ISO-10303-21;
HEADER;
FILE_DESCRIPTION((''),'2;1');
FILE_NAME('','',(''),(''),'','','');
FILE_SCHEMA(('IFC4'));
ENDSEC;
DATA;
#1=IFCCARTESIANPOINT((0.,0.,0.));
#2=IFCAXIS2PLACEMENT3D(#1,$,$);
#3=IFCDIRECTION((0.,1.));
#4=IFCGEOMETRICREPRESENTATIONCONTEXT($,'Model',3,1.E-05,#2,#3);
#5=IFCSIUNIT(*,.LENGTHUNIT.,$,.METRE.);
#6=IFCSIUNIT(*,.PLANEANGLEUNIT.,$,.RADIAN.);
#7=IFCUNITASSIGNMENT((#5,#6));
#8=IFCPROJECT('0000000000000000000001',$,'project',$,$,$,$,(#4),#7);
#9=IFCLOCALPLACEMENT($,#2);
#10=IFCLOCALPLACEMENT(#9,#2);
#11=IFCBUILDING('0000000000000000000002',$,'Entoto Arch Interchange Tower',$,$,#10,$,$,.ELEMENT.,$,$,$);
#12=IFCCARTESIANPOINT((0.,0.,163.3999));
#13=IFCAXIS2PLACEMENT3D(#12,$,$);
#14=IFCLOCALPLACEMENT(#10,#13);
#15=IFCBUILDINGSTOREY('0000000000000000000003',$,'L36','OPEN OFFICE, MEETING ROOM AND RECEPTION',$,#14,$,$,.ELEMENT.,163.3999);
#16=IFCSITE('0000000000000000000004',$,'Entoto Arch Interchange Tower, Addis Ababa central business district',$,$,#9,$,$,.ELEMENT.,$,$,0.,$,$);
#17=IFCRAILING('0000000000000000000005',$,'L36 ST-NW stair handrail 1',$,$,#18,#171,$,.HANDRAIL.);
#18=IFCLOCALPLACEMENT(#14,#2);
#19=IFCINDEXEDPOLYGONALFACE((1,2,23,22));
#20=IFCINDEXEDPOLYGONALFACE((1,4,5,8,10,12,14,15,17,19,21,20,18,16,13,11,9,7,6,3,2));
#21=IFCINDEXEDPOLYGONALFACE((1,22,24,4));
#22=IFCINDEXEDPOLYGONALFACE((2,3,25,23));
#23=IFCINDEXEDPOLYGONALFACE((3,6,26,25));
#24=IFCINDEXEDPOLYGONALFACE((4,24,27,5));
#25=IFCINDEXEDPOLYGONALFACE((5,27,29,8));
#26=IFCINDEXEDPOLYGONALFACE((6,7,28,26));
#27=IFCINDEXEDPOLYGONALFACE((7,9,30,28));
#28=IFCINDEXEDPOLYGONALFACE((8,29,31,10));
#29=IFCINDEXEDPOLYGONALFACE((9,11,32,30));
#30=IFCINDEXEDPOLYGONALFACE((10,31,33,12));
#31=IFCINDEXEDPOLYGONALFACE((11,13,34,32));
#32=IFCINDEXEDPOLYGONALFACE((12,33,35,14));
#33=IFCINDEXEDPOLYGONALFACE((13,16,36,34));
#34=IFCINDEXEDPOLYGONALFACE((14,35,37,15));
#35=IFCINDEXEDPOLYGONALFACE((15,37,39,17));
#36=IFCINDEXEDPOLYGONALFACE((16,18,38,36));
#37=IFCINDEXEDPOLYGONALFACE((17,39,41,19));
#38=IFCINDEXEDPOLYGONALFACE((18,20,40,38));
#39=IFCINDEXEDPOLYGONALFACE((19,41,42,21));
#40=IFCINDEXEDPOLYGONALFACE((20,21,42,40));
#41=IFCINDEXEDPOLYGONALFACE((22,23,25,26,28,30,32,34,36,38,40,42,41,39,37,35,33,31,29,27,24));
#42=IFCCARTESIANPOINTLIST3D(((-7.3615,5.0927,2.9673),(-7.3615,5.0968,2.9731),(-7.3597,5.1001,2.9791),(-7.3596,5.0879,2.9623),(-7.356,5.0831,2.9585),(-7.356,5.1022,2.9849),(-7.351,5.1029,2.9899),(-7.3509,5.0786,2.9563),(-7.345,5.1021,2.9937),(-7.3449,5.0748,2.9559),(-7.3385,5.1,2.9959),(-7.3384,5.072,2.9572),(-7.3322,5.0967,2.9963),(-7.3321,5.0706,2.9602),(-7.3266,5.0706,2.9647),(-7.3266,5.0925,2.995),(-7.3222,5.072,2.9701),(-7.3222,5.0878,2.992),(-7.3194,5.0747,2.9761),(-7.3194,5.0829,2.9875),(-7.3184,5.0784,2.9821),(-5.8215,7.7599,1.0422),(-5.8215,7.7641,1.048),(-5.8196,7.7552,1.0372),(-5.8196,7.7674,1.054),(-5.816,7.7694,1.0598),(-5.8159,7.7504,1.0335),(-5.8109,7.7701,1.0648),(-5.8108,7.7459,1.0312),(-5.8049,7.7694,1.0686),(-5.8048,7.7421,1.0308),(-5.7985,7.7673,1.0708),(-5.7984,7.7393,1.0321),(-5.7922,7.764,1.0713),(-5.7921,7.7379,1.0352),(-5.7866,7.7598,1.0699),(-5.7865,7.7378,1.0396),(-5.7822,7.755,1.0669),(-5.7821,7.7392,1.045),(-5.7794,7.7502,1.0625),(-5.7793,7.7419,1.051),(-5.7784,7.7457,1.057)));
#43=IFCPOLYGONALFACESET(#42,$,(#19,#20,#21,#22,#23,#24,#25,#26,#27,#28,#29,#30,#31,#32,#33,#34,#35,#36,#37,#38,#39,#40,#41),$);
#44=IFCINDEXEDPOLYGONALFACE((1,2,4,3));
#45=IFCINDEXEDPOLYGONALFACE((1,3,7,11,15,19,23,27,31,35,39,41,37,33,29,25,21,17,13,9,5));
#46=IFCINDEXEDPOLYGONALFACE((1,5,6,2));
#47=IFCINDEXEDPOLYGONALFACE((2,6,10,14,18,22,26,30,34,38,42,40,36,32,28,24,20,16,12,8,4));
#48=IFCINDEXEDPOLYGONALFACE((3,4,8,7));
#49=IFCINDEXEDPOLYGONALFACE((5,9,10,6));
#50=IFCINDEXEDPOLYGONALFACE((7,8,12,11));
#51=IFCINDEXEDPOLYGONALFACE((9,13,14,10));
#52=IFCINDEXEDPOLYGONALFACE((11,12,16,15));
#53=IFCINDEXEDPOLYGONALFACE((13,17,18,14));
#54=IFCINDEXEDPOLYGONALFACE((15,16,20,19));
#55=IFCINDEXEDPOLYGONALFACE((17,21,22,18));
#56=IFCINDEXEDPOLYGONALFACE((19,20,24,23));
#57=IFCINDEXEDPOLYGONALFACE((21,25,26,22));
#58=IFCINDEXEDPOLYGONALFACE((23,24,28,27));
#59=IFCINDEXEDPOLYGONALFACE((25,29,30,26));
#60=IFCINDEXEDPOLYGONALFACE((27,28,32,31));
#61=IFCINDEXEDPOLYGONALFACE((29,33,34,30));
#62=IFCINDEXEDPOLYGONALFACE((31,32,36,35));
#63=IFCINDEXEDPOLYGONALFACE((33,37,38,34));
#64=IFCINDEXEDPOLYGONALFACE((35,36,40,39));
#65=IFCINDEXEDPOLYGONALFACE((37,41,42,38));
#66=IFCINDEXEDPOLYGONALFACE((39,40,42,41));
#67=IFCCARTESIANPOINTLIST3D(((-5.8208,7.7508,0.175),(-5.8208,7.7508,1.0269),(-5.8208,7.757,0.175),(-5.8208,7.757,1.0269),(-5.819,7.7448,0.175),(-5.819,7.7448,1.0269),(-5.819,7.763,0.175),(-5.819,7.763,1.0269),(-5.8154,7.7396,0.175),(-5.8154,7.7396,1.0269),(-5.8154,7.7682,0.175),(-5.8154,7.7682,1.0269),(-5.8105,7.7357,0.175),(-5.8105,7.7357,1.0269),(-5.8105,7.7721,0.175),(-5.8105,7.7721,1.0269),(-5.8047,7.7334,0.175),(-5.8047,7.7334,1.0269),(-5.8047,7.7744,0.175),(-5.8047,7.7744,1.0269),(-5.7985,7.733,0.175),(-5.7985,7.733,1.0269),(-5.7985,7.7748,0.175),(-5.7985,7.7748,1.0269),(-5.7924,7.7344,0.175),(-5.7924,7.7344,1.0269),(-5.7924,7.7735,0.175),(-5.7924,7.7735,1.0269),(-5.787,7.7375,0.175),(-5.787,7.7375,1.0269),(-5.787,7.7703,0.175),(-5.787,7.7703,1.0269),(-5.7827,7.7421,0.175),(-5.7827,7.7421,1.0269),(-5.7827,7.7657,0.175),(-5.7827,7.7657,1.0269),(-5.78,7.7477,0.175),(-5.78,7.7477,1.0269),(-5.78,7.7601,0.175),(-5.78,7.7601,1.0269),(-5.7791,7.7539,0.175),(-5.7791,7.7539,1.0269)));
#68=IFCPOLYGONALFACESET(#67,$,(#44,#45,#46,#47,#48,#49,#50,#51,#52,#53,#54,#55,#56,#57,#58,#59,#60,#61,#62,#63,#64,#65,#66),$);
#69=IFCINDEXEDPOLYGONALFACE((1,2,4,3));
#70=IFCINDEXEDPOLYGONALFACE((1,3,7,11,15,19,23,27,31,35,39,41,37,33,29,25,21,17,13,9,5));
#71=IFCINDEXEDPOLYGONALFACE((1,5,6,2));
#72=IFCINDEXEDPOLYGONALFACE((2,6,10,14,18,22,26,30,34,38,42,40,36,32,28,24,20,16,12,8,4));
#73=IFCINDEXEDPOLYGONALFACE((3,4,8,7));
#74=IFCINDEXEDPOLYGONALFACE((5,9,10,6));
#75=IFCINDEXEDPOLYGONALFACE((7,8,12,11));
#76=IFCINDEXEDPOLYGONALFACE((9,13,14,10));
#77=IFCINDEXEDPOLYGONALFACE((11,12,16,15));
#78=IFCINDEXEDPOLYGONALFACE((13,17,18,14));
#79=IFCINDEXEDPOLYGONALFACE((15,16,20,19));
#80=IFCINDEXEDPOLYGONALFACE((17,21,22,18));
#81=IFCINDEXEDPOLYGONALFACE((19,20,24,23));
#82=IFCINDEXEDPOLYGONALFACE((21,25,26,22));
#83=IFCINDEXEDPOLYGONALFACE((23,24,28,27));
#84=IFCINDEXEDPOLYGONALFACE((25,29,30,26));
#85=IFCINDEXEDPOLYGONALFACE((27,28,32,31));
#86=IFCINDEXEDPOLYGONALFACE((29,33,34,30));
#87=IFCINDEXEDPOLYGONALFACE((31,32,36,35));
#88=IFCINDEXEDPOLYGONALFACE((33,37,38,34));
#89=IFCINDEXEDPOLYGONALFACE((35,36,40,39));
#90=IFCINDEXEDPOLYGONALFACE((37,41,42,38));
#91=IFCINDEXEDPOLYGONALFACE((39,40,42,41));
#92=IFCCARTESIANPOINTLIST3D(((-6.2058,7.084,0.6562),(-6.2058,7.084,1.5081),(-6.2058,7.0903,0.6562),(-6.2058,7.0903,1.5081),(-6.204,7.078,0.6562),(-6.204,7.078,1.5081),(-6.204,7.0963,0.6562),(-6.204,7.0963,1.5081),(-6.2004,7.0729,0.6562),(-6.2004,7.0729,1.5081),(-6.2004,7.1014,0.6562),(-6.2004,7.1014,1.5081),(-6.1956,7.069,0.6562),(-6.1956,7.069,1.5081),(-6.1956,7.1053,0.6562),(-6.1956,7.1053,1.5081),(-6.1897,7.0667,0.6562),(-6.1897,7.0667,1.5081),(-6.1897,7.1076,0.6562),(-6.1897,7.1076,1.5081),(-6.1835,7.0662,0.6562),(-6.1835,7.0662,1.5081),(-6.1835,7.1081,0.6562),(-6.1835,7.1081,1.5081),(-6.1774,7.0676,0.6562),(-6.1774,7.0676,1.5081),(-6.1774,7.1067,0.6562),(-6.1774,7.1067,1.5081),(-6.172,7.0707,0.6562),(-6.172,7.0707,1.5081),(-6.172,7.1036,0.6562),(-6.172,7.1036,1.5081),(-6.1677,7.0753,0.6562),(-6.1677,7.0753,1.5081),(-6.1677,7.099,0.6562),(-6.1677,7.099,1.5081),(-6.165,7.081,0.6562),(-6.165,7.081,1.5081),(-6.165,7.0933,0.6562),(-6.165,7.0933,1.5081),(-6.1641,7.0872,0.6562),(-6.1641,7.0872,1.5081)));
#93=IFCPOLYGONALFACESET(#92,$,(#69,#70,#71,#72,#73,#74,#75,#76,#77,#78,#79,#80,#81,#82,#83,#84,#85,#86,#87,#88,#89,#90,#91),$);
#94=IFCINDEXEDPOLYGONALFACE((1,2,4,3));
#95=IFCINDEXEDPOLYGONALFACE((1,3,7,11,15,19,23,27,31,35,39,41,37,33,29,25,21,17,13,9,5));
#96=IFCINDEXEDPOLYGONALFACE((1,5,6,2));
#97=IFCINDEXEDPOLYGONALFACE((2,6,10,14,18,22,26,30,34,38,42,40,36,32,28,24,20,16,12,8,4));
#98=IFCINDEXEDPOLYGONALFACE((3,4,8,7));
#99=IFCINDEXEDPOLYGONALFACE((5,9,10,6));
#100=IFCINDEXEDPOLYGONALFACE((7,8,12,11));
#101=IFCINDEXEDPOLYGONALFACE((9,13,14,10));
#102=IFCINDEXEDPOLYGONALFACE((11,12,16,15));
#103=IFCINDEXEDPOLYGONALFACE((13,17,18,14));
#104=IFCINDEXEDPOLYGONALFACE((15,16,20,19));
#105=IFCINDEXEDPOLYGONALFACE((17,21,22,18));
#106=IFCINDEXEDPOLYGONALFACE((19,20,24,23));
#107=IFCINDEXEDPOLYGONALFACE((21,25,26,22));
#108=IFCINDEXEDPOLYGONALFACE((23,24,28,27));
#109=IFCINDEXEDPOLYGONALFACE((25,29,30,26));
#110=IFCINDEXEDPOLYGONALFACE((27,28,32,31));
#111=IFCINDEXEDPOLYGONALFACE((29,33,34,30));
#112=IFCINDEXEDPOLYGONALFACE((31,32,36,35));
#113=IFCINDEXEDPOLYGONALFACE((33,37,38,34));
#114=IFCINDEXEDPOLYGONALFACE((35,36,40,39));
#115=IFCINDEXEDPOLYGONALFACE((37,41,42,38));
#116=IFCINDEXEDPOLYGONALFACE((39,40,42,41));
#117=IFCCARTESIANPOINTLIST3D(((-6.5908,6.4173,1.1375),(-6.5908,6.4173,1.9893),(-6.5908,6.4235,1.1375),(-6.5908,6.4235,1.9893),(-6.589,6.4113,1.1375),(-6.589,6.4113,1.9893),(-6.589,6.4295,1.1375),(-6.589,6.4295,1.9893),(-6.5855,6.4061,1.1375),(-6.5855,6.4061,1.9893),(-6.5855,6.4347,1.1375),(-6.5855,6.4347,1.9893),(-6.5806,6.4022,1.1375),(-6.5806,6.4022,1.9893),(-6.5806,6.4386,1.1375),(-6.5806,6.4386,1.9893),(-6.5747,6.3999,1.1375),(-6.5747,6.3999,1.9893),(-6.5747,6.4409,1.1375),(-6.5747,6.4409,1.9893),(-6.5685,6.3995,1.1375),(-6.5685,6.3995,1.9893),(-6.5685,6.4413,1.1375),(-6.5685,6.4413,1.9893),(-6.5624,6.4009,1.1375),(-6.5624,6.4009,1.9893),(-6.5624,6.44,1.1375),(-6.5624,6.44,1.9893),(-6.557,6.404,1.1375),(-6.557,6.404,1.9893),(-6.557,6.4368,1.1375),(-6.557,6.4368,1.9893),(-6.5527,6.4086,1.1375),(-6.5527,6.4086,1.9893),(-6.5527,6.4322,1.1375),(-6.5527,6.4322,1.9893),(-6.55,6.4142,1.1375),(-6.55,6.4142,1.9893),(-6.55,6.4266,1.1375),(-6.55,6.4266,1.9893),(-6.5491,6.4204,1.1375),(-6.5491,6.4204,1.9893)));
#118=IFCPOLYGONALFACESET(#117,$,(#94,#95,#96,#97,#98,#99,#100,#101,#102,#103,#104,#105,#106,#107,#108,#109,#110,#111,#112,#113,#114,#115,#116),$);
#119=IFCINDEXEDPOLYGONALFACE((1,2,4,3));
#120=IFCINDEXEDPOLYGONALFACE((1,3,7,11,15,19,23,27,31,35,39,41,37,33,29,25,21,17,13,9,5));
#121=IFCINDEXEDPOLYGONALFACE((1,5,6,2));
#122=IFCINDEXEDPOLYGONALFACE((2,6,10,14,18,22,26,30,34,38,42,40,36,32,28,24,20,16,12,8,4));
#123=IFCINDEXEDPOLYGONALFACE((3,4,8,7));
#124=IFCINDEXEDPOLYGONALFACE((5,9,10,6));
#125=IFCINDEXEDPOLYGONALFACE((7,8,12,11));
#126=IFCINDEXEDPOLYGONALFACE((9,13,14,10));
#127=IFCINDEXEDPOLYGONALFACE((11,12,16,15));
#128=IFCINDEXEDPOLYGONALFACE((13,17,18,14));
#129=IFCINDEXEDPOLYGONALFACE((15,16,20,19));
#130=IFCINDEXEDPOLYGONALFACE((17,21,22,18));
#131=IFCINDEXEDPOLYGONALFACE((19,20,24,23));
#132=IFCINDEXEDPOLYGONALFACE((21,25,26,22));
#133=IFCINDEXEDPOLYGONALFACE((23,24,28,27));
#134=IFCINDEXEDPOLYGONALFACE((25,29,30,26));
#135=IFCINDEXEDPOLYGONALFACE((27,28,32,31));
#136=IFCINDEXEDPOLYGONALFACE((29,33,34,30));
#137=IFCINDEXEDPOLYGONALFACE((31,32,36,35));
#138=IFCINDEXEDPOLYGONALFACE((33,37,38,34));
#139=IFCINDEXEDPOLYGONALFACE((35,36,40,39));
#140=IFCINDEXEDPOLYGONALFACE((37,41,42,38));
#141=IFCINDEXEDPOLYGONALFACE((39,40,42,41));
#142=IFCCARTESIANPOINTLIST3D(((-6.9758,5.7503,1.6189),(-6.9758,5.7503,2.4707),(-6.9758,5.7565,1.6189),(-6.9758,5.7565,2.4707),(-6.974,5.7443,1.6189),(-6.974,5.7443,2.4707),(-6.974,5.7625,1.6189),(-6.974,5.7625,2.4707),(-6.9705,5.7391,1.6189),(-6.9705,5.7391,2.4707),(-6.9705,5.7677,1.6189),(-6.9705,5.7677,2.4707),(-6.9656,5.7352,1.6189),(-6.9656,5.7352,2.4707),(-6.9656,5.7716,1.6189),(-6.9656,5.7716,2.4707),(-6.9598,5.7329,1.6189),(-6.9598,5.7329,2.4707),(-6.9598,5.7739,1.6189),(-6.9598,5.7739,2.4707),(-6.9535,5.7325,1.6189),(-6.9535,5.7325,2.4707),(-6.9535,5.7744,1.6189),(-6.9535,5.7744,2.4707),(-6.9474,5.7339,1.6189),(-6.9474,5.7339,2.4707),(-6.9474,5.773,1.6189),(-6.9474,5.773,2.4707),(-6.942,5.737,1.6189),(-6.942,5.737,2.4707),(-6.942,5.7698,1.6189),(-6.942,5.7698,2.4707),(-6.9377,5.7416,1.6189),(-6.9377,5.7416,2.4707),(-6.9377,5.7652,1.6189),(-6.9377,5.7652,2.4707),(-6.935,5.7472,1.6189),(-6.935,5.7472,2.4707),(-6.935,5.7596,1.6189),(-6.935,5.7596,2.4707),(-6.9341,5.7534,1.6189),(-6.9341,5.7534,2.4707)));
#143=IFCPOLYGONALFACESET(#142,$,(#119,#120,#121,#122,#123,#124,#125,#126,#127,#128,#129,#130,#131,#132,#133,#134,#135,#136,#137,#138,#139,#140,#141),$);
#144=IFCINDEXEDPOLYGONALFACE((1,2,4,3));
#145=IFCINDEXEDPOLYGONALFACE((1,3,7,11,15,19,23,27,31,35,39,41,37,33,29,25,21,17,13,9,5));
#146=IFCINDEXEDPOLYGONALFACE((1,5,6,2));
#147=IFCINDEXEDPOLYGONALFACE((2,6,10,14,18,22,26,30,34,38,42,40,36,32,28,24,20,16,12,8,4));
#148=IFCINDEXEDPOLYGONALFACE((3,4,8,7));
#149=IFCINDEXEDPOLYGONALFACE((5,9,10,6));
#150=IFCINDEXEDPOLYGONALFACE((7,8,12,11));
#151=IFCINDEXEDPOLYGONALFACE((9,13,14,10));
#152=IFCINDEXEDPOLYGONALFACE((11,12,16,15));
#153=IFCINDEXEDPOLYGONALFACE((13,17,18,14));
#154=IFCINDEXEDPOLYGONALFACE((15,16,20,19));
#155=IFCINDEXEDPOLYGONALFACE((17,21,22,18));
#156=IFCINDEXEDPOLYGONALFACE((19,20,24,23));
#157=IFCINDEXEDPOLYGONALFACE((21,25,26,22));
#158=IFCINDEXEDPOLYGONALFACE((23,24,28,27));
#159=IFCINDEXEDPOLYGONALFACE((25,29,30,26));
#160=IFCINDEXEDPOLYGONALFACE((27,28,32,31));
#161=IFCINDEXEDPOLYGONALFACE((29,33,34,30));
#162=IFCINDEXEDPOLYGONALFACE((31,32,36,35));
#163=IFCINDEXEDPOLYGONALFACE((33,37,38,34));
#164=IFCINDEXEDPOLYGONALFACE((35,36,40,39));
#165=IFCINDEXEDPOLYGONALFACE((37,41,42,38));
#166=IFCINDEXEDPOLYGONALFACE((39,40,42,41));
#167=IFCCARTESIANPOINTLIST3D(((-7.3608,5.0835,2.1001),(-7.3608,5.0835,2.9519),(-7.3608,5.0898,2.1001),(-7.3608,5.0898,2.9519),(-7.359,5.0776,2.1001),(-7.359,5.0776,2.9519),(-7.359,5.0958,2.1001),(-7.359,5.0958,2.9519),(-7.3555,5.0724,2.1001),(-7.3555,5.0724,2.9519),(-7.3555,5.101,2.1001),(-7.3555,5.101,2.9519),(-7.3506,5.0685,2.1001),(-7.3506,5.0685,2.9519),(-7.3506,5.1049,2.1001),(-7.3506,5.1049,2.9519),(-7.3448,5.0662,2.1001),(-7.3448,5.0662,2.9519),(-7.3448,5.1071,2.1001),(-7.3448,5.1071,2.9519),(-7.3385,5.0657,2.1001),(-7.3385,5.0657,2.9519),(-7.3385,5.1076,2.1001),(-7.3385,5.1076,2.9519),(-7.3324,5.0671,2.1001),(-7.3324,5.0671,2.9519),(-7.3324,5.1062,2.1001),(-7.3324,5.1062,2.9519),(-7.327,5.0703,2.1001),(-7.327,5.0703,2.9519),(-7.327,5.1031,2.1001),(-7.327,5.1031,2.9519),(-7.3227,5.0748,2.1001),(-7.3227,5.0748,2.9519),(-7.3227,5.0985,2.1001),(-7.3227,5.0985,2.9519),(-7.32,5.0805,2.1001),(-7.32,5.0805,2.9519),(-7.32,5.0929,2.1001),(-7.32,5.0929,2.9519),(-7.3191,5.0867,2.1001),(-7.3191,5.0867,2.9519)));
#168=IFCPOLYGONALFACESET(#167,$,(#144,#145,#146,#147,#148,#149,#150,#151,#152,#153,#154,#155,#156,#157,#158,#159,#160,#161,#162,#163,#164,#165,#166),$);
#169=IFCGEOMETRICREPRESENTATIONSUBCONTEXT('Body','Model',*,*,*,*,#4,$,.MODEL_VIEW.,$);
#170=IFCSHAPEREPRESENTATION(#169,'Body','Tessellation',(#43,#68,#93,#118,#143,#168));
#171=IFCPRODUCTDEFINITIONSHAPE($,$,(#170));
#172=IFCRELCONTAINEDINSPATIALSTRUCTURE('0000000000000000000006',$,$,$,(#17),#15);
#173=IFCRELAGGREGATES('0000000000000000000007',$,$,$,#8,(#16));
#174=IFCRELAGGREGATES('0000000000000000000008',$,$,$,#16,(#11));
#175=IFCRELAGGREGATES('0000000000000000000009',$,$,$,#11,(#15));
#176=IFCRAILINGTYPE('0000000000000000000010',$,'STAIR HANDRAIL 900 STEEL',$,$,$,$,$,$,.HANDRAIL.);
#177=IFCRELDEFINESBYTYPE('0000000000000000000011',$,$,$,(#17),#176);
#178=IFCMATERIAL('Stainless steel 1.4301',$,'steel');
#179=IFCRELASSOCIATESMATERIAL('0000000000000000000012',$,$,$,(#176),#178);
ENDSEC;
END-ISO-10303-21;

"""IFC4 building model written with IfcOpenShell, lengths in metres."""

from ifc_helpers import new_model, si_unit, direction, frame, origin, origin_2d, place, context, subcontext, project, spatial, circle, extrude, material, type_object, element, save


model = new_model("IFC4")

# Units and contexts
model_context = context("Model", 3, precision=1e-05, world=origin(), true_north=direction((0.0, 1.0)))
body_context = subcontext(model_context, "Body", "Model", "MODEL_VIEW")
ifc_project = project(units=[si_unit("LENGTHUNIT", "METRE"), si_unit("PLANEANGLEUNIT", "RADIAN")], contexts=[model_context])

# Site, building, storey
site_placement = place(None, origin())
site = spatial("IfcSite", under=ifc_project, at=site_placement, Name="Entoto Arch Interchange Tower, Addis Ababa central business district", CompositionType="ELEMENT", RefElevation=0.0)
building_placement = place(site_placement, origin())
building = spatial("IfcBuilding", under=site, at=building_placement, Name="Entoto Arch Interchange Tower", CompositionType="ELEMENT")
storey_placement = place(building_placement, frame((0.0, 0.0, 163.3999)))
storey = spatial("IfcBuildingStorey", under=building, at=storey_placement, Name="L36", Description="OPEN OFFICE, MEETING ROOM AND RECEPTION", CompositionType="ELEMENT", Elevation=163.3999)

# Railing
ifc_material_1 = material(Name="Stainless steel 1.4301", Category="steel")
railing_type = type_object("IfcRailingType", Name="STAIR HANDRAIL 900 STEEL", PredefinedType="HANDRAIL", material=ifc_material_1)
railing_placement = place(storey_placement, frame((-5.8, 7.7539, 0.175)))
element("IfcRailing", 1, at=railing_placement, inside=storey, type_object=railing_type, Name="L36 ST-NW stair handrail 1", PredefinedType="HANDRAIL", context=body_context, shape_type="SweptSolid", body=[
    extrude(circle(Radius=0.0239, at=origin_2d()), frame((0.0, 0.0, 0.876), z_axis=(-0.424015, -0.734364, 0.530019), x_axis=(0.86601, -0.500027, 0.0)), (0.0, 0.0, 1.0), 3.6321),
    extrude(circle(Radius=0.021, at=origin_2d()), origin(), (0.0, 0.0, 1.0), 0.8518),
    extrude(circle(Radius=0.021, at=origin_2d()), frame((-0.385, -0.6667, 0.4812)), (0.0, 0.0, 1.0), 0.8518),
    extrude(circle(Radius=0.021, at=origin_2d()), frame((-0.77, -1.3335, 0.9624)), (0.0, 0.0, 1.0), 0.8518),
    extrude(circle(Radius=0.021, at=origin_2d()), frame((-1.155, -2.0005, 1.4438)), (0.0, 0.0, 1.0), 0.8518),
    extrude(circle(Radius=0.021, at=origin_2d()), frame((-1.54, -2.6672, 1.925)), (0.0, 0.0, 1.0), 0.8518),
])

save(model, "model.ifc")
